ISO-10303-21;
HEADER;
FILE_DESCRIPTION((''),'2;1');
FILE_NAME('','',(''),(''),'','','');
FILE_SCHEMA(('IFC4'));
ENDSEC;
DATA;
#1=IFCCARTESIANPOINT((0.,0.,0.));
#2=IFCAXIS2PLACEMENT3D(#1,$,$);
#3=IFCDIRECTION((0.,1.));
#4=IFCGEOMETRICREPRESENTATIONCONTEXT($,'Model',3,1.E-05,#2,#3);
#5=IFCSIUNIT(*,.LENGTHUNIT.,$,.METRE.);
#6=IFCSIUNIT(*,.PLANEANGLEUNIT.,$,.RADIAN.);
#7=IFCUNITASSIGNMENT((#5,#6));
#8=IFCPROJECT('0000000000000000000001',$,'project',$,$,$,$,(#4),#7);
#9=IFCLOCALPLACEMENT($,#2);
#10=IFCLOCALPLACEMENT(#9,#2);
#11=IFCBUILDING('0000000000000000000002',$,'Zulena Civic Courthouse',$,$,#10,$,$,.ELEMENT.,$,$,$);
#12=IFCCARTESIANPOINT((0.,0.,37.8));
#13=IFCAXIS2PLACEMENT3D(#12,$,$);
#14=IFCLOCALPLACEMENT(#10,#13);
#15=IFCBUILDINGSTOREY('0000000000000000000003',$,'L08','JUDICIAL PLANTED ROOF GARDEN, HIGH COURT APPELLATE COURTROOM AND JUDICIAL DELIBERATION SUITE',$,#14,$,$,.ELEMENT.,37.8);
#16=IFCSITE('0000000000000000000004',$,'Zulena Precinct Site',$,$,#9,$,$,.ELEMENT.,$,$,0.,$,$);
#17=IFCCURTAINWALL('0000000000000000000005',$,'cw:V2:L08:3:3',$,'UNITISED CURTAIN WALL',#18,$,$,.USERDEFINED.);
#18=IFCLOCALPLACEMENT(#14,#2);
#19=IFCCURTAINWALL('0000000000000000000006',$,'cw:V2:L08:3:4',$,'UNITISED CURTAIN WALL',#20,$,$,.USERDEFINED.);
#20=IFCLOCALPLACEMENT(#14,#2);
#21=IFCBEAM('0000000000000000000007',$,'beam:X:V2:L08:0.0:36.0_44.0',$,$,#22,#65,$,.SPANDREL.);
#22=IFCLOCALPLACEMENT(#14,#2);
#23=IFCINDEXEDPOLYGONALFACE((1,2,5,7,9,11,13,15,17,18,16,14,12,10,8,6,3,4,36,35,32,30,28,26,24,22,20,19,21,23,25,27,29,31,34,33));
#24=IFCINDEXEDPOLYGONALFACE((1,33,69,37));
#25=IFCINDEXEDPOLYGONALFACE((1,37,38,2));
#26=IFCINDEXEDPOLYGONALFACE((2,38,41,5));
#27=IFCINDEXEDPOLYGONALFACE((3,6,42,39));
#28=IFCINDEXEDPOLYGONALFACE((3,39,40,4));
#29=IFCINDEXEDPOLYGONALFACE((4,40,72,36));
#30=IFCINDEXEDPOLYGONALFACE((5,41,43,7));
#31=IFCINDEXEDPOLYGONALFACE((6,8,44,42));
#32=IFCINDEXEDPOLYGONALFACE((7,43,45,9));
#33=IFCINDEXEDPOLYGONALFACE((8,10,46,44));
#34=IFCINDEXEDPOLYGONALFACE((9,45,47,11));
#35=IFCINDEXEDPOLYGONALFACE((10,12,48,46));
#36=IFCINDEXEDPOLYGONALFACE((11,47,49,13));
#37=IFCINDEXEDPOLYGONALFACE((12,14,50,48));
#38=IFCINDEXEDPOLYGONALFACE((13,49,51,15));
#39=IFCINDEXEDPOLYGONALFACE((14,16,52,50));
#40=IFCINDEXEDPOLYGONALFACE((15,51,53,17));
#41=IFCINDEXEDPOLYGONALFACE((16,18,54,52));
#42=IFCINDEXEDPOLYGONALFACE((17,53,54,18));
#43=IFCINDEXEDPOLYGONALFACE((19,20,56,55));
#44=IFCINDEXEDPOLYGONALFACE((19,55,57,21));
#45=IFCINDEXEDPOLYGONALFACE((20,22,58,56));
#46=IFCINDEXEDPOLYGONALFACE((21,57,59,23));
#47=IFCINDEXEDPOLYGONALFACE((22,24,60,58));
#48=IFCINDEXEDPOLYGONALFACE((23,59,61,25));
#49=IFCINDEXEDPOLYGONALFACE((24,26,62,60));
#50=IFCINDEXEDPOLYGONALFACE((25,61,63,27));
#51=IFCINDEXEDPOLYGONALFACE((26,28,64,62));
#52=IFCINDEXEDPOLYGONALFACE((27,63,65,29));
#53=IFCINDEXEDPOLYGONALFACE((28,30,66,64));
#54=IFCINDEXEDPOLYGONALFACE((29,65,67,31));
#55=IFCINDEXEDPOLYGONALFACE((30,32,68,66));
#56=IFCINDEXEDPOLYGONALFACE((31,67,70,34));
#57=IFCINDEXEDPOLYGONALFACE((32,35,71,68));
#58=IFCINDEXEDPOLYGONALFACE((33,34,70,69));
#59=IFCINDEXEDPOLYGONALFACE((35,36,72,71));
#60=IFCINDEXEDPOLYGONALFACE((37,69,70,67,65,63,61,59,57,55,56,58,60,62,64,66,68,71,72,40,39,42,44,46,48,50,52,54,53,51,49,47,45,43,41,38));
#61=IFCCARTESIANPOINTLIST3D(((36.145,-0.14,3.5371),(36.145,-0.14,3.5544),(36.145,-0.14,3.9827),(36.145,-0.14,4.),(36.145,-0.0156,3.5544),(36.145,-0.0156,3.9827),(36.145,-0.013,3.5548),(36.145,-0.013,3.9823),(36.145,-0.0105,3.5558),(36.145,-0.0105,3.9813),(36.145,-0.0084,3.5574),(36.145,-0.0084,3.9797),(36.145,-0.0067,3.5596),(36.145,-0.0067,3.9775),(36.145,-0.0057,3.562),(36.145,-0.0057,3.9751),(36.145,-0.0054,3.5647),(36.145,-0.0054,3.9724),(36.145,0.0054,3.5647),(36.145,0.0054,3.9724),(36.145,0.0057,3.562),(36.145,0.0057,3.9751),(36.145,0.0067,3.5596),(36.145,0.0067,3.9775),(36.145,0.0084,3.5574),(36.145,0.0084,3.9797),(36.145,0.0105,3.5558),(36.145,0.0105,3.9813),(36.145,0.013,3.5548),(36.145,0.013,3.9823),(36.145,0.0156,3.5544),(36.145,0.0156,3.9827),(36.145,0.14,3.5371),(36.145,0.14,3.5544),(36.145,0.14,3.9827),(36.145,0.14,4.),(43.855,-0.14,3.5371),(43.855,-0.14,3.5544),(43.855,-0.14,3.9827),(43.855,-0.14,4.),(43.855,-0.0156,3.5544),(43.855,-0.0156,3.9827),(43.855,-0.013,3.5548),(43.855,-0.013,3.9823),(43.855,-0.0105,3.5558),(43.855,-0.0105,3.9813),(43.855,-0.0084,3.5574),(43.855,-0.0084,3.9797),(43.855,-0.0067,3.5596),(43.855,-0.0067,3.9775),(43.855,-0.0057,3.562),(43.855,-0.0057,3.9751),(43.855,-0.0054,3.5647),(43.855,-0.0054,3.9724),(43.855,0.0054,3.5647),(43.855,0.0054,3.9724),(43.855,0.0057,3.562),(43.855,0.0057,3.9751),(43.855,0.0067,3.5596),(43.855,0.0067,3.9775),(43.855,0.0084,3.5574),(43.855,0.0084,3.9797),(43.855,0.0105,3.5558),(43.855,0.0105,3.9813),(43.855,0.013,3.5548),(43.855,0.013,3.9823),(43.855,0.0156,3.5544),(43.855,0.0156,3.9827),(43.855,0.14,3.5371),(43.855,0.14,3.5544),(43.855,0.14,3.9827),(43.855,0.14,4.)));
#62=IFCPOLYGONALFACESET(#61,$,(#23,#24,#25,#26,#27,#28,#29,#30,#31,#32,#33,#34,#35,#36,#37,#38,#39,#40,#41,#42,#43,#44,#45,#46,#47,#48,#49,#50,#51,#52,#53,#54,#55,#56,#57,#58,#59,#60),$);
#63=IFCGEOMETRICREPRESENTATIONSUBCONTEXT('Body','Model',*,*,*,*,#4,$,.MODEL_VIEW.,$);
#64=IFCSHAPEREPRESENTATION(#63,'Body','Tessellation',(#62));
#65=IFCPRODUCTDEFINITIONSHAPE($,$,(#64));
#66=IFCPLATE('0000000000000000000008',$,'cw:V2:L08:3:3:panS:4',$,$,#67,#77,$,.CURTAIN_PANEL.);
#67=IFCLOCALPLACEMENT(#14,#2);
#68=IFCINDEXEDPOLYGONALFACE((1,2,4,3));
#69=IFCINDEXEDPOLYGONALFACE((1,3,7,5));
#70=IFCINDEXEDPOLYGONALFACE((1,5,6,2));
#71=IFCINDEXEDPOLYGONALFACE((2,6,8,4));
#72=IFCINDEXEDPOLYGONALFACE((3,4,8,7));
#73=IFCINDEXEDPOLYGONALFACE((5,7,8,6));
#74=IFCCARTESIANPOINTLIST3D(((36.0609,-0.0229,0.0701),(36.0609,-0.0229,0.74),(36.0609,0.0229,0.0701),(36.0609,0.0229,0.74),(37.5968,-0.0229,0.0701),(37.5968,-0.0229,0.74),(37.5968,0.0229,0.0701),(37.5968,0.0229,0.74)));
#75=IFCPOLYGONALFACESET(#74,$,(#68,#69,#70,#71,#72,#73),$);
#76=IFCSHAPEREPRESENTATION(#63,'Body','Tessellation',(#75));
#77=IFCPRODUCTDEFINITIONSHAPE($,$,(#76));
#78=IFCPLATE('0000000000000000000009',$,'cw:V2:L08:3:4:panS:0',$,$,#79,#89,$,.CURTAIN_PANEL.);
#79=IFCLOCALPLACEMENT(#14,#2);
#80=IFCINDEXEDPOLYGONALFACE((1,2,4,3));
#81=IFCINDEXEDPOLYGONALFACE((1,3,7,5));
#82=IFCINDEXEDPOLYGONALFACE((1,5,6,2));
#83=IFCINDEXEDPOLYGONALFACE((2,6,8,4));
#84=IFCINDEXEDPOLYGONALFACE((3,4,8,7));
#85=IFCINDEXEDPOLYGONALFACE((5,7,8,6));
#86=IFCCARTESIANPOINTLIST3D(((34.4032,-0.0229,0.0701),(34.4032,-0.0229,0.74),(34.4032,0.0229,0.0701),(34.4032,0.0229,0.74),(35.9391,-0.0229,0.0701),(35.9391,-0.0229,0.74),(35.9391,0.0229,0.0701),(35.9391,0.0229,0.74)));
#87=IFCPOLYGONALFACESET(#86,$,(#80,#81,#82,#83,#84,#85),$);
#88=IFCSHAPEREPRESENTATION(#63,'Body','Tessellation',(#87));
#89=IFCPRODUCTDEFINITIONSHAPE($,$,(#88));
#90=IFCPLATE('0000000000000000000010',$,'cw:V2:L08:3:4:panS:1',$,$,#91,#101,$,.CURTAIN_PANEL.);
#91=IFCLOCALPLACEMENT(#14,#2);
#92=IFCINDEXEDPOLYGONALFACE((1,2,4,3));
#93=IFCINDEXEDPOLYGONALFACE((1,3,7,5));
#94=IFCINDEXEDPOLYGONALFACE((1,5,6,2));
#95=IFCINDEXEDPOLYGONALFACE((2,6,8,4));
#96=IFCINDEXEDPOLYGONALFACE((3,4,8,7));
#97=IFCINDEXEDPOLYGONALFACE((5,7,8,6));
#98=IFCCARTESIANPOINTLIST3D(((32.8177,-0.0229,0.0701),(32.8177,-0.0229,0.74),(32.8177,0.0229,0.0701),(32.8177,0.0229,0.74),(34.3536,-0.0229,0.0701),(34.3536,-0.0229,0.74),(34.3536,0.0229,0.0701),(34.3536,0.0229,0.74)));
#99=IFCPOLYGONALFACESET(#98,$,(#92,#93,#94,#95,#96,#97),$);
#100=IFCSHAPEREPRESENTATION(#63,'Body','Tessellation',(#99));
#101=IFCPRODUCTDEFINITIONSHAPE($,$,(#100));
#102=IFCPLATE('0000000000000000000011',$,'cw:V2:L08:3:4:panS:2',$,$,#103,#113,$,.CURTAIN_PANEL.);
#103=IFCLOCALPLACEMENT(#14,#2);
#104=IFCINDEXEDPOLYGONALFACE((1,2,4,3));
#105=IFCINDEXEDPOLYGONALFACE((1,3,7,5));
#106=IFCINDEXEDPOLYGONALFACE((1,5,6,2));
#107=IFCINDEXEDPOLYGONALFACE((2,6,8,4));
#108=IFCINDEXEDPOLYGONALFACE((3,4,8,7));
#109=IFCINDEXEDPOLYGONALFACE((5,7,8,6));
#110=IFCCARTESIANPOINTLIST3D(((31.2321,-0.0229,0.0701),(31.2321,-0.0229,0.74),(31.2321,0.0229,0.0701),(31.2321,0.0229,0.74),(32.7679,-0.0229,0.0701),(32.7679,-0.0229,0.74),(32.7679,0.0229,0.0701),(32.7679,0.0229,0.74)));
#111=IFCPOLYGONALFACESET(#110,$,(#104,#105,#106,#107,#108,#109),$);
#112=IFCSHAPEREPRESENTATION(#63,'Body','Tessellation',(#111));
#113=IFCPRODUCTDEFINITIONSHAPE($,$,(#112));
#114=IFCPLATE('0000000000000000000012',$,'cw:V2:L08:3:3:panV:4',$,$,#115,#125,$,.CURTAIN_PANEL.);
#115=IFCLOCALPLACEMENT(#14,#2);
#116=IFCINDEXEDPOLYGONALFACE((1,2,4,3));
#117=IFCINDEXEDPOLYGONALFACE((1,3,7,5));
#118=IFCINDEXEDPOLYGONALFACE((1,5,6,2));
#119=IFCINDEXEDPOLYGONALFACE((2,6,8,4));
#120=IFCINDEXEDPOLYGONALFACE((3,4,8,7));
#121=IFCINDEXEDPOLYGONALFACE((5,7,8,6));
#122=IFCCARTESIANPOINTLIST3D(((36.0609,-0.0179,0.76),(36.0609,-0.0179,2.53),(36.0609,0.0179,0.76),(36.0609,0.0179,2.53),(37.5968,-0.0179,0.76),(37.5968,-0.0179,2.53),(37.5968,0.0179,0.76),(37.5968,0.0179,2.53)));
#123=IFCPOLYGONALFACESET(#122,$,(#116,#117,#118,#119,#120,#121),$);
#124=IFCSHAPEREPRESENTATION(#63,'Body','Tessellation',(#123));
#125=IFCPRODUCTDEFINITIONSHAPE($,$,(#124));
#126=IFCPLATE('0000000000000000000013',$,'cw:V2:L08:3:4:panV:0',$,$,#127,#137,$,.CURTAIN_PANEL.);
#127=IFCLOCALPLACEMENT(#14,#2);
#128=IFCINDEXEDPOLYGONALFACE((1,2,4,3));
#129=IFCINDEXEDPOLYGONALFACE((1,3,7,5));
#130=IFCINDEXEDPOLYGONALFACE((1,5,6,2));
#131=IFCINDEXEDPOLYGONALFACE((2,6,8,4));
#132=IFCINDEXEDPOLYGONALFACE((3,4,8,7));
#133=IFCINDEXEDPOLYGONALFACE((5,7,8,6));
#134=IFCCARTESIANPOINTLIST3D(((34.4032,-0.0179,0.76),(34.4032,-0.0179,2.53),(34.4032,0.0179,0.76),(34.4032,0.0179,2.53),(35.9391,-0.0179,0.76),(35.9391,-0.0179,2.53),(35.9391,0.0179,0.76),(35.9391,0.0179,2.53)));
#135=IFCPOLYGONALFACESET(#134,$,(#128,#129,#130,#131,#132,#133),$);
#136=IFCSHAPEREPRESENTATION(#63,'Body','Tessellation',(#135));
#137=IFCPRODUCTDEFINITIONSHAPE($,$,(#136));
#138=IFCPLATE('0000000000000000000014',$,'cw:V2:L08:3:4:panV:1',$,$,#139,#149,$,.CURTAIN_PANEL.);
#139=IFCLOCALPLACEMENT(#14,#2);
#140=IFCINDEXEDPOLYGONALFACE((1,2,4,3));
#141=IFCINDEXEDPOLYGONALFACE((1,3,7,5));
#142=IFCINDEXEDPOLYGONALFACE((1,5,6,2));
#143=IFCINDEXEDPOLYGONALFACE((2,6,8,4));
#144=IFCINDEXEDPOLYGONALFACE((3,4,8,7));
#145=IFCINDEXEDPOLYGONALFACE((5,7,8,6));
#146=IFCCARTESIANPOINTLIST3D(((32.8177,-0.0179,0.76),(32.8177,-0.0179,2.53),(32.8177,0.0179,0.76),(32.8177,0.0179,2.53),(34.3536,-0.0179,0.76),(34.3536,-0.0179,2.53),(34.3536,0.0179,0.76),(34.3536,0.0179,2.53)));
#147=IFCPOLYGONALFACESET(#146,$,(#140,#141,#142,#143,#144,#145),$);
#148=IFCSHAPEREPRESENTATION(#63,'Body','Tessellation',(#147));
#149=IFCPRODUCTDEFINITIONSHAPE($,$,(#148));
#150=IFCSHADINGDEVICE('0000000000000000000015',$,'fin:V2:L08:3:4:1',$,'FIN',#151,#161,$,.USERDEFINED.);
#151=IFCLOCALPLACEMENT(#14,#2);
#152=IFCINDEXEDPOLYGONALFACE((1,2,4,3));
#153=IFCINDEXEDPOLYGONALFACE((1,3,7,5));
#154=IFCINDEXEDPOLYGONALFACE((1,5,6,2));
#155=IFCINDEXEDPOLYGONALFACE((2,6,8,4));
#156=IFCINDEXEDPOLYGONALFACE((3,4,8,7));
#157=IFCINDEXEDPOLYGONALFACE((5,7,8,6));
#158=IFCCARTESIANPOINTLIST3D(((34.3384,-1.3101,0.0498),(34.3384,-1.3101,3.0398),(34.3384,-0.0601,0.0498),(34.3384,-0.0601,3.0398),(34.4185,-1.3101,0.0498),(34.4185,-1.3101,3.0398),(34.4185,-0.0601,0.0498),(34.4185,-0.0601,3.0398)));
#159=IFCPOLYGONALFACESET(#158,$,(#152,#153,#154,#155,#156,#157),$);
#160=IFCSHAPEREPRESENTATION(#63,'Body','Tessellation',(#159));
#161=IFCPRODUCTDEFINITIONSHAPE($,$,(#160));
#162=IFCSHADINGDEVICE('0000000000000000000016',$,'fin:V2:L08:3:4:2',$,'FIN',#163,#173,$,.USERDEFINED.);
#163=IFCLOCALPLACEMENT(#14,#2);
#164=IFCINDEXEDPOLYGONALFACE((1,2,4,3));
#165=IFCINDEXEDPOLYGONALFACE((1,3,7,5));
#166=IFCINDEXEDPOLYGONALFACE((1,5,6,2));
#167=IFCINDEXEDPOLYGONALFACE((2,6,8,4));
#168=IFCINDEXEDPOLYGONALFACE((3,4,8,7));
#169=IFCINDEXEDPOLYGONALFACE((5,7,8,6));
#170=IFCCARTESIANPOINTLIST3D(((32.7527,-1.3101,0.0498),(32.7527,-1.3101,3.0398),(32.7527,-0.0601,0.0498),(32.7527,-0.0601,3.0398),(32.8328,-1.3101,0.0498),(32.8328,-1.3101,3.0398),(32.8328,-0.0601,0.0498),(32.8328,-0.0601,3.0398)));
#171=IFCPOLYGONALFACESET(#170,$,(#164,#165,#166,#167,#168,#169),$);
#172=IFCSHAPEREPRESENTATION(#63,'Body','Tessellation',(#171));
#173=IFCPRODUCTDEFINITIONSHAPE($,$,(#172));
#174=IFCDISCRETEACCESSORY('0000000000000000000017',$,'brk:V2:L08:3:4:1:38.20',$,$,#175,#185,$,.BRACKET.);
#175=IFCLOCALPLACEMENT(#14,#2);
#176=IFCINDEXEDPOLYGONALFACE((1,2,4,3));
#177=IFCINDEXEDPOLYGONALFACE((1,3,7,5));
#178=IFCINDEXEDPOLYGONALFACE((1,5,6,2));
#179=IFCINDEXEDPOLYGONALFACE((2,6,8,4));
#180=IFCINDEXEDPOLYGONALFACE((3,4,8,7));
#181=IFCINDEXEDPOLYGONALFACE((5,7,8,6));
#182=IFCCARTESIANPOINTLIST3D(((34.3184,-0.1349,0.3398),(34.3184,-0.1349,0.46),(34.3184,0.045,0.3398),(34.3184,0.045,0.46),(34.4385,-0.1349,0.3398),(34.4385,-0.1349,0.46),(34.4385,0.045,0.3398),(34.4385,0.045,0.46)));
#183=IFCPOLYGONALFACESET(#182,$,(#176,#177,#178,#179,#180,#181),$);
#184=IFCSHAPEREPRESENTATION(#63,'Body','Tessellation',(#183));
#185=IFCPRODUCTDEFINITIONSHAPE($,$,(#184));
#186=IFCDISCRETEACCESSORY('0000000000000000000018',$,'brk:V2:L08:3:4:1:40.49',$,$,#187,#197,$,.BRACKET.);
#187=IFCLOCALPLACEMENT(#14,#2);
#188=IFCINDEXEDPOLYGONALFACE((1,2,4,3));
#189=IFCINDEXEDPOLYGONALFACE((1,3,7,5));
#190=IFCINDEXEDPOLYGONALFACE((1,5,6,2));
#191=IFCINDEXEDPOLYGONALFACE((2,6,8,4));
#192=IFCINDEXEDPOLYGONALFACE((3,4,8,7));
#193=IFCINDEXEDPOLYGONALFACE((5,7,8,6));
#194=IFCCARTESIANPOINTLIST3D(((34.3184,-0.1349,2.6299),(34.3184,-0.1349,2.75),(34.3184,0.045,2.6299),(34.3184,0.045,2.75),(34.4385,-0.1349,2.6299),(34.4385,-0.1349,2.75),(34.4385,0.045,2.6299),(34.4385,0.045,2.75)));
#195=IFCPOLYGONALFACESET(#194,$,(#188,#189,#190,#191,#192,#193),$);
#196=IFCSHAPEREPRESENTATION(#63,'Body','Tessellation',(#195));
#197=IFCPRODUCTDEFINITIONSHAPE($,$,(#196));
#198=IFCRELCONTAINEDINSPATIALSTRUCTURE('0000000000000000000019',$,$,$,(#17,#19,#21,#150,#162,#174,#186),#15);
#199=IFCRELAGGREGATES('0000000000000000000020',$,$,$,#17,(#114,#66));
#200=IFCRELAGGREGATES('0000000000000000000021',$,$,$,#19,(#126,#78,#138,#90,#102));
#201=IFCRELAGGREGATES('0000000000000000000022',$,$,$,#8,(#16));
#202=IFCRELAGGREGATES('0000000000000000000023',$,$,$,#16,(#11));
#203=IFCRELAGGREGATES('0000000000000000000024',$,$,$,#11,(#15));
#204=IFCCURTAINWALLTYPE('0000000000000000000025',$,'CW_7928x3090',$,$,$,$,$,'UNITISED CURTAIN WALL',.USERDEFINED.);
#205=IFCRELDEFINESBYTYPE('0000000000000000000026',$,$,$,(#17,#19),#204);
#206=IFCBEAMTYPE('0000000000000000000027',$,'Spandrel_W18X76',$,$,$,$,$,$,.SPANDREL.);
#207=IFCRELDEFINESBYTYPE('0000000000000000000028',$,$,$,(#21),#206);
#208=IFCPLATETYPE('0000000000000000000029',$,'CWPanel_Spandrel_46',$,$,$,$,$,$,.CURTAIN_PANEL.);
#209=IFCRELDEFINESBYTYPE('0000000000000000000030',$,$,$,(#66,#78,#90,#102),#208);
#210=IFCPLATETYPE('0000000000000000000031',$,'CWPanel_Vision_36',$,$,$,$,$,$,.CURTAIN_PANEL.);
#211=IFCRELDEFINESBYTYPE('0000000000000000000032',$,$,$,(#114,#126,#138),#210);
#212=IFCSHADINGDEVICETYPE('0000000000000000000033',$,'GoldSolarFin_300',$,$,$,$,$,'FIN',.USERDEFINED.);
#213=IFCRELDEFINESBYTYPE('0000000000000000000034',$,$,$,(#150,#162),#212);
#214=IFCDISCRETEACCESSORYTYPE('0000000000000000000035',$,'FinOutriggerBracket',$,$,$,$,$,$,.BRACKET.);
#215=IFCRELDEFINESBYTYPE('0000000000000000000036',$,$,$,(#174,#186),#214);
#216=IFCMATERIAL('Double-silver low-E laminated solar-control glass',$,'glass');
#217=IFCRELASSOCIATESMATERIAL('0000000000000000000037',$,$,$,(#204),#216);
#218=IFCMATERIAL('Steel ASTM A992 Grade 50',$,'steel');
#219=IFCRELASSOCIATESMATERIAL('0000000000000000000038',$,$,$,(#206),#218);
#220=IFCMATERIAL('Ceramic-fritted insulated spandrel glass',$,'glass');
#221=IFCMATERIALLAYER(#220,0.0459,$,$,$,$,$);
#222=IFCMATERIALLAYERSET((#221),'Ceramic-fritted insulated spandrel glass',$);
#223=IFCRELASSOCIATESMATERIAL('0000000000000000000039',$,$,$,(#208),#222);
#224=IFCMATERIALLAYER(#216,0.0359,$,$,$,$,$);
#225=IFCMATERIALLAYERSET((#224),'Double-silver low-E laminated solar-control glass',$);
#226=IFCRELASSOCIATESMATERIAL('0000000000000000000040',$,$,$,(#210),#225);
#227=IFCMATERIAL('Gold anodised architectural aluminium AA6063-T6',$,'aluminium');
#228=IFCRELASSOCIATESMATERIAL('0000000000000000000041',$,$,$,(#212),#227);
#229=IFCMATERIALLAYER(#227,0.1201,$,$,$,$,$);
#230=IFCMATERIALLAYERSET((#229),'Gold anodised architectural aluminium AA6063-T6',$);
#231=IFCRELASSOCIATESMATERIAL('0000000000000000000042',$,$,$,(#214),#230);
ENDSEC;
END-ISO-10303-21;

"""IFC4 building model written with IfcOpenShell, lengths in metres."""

from ifc_helpers import new_model, si_unit, direction, frame, origin, origin_2d, place, context, subcontext, project, spatial, rectangle, i_section, extrude, material, layer, layer_set, material_profile, profile_set, type_object, element, aggregate, save


model = new_model("IFC4")

# Units and contexts
model_context = context("Model", 3, precision=1e-05, world=origin(), true_north=direction((0.0, 1.0)))
body_context = subcontext(model_context, "Body", "Model", "MODEL_VIEW")
ifc_project = project(units=[si_unit("LENGTHUNIT", "METRE"), si_unit("PLANEANGLEUNIT", "RADIAN")], contexts=[model_context])

# Site, building, storey
site_placement = place(None, origin())
site = spatial("IfcSite", under=ifc_project, at=site_placement, Name="Zulena Precinct Site", CompositionType="ELEMENT", RefElevation=0.0)
building_placement = place(site_placement, origin())
building = spatial("IfcBuilding", under=site, at=building_placement, Name="Zulena Civic Courthouse", CompositionType="ELEMENT")
storey_placement = place(building_placement, frame((0.0, 0.0, 37.8)))
storey = spatial("IfcBuildingStorey", under=building, at=storey_placement, Name="L08", Description="JUDICIAL PLANTED ROOF GARDEN, HIGH COURT APPELLATE COURTROOM AND JUDICIAL DELIBERATION SUITE", CompositionType="ELEMENT", Elevation=37.8)

# Shared definitions
ifc_material_1 = material(Name="Steel ASTM A992 Grade 50", Category="steel")

# Curtain wall
ifc_material_2 = material(Name="Double-silver low-E laminated solar-control glass", Category="glass")
curtain_wall_type = type_object("IfcCurtainWallType", Name="CW_7928x3090", ElementType="UNITISED CURTAIN WALL", PredefinedType="USERDEFINED", material=ifc_material_2)
curtain_wall_1_placement = place(storey_placement, origin())
curtain_wall_1 = element("IfcCurtainWall", 1, at=curtain_wall_1_placement, inside=storey, type_object=curtain_wall_type, Name="cw:V2:L08:3:3", ObjectType="UNITISED CURTAIN WALL", PredefinedType="USERDEFINED")

# Curtain wall
curtain_wall_2_placement = place(storey_placement, origin())
curtain_wall_2 = element("IfcCurtainWall", 2, at=curtain_wall_2_placement, inside=storey, type_object=curtain_wall_type, Name="cw:V2:L08:3:4", ObjectType="UNITISED CURTAIN WALL", PredefinedType="USERDEFINED")

# Beam
ifc_material_profile_1 = material_profile(ifc_material_1, i_section(OverallWidth=0.28, OverallDepth=0.4629, WebThickness=0.0107, FlangeThickness=0.0173, FilletRadius=0.0103, at=origin_2d()), Name="W18X76")
ifc_profile_set_1 = profile_set([ifc_material_profile_1], Name="Steel ASTM A992 Grade 50")
beam_type = type_object("IfcBeamType", Name="Spandrel_W18X76", PredefinedType="SPANDREL", material=ifc_profile_set_1)
beam_placement = place(storey_placement, frame((36.145, 0.0, 3.7686), z_axis=(1.0, 0.0, 0.0), x_axis=(0.0, 1.0, 0.0)))
element("IfcBeam", 3, at=beam_placement, inside=storey, type_object=beam_type, Name="beam:X:V2:L08:0.0:36.0_44.0", PredefinedType="SPANDREL", context=body_context, shape_type="SweptSolid", body=[
    extrude(i_section(OverallWidth=0.28, OverallDepth=0.4629, WebThickness=0.0107, FlangeThickness=0.0173, FilletRadius=0.0103, at=origin_2d()), origin(), (0.0, 0.0, 1.0), 7.71),
])

# Plates
ifc_material_3 = material(Name="Ceramic-fritted insulated spandrel glass", Category="glass")
ifc_layer_1 = layer(ifc_material_3, 0.0459)
ifc_layer_set_1 = layer_set([ifc_layer_1], Name="Ceramic-fritted insulated spandrel glass")
plate_type_1 = type_object("IfcPlateType", Name="CWPanel_Spandrel_46", PredefinedType="CURTAIN_PANEL", material=ifc_layer_set_1)
plate_1_placement = place(storey_placement, frame((36.8289, 0.0, 0.0701), z_axis=(0.0, 0.0, 1.0), x_axis=(-1.0, 0.0, 0.0)))
plate_1 = element("IfcPlate", 4, at=plate_1_placement, type_object=plate_type_1, Name="cw:V2:L08:3:3:panS:4", PredefinedType="CURTAIN_PANEL", context=body_context, shape_type="SweptSolid", body=[
    extrude(rectangle(XDim=1.5359, YDim=0.0459, at=origin_2d()), origin(), (0.0, 0.0, 1.0), 0.6699),
])
plate_2_placement = place(storey_placement, frame((35.1711, 0.0, 0.0701), z_axis=(0.0, 0.0, 1.0), x_axis=(-1.0, 0.0, 0.0)))
plate_2 = element("IfcPlate", 5, at=plate_2_placement, type_object=plate_type_1, Name="cw:V2:L08:3:4:panS:0", PredefinedType="CURTAIN_PANEL", context=body_context, shape_type="SweptSolid", body=[
    extrude(rectangle(XDim=1.5359, YDim=0.0459, at=origin_2d()), origin(), (0.0, 0.0, 1.0), 0.6699),
])
plate_3_placement = place(storey_placement, frame((33.5857, 0.0, 0.0701), z_axis=(0.0, 0.0, 1.0), x_axis=(-1.0, 0.0, 0.0)))
plate_3 = element("IfcPlate", 6, at=plate_3_placement, type_object=plate_type_1, Name="cw:V2:L08:3:4:panS:1", PredefinedType="CURTAIN_PANEL", context=body_context, shape_type="SweptSolid", body=[
    extrude(rectangle(XDim=1.5359, YDim=0.0459, at=origin_2d()), origin(), (0.0, 0.0, 1.0), 0.6699),
])
plate_4_placement = place(storey_placement, frame((32.0, 0.0, 0.0701), z_axis=(0.0, 0.0, 1.0), x_axis=(-1.0, 0.0, 0.0)))
plate_4 = element("IfcPlate", 7, at=plate_4_placement, type_object=plate_type_1, Name="cw:V2:L08:3:4:panS:2", PredefinedType="CURTAIN_PANEL", context=body_context, shape_type="SweptSolid", body=[
    extrude(rectangle(XDim=1.5359, YDim=0.0459, at=origin_2d()), origin(), (0.0, 0.0, 1.0), 0.6699),
])
ifc_layer_2 = layer(ifc_material_2, 0.0359)
ifc_layer_set_2 = layer_set([ifc_layer_2], Name="Double-silver low-E laminated solar-control glass")
plate_type_2 = type_object("IfcPlateType", Name="CWPanel_Vision_36", PredefinedType="CURTAIN_PANEL", material=ifc_layer_set_2)
plate_5_placement = place(storey_placement, frame((36.8289, 0.0, 0.76), z_axis=(0.0, 0.0, 1.0), x_axis=(-1.0, 0.0, 0.0)))
plate_5 = element("IfcPlate", 8, at=plate_5_placement, type_object=plate_type_2, Name="cw:V2:L08:3:3:panV:4", PredefinedType="CURTAIN_PANEL", context=body_context, shape_type="SweptSolid", body=[
    extrude(rectangle(XDim=1.5359, YDim=0.0359, at=origin_2d()), origin(), (0.0, 0.0, 1.0), 1.77),
])
aggregate(curtain_wall_1, [plate_5, plate_1])
plate_6_placement = place(storey_placement, frame((35.1711, 0.0, 0.76), z_axis=(0.0, 0.0, 1.0), x_axis=(-1.0, 0.0, 0.0)))
plate_6 = element("IfcPlate", 9, at=plate_6_placement, type_object=plate_type_2, Name="cw:V2:L08:3:4:panV:0", PredefinedType="CURTAIN_PANEL", context=body_context, shape_type="SweptSolid", body=[
    extrude(rectangle(XDim=1.5359, YDim=0.0359, at=origin_2d()), origin(), (0.0, 0.0, 1.0), 1.77),
])
plate_7_placement = place(storey_placement, frame((33.5857, 0.0, 0.76), z_axis=(0.0, 0.0, 1.0), x_axis=(-1.0, 0.0, 0.0)))
plate_7 = element("IfcPlate", 10, at=plate_7_placement, type_object=plate_type_2, Name="cw:V2:L08:3:4:panV:1", PredefinedType="CURTAIN_PANEL", context=body_context, shape_type="SweptSolid", body=[
    extrude(rectangle(XDim=1.5359, YDim=0.0359, at=origin_2d()), origin(), (0.0, 0.0, 1.0), 1.77),
])
aggregate(curtain_wall_2, [plate_6, plate_2, plate_7, plate_3, plate_4])

# Shading devices
ifc_material_4 = material(Name="Gold anodised architectural aluminium AA6063-T6", Category="aluminium")
shading_device_type = type_object("IfcShadingDeviceType", Name="GoldSolarFin_300", ElementType="FIN", PredefinedType="USERDEFINED", material=ifc_material_4)
for number, where, z_axis, x_axis, name in (
    (11, (34.3784, -0.6851, 0.0498), (0.0, 0.0, 1.0), (0.0, -1.0, 0.0), "fin:V2:L08:3:4:1"),
    (12, (32.7927, -0.6851, 0.0498), (0.0, 0.0, 1.0), (0.0, -1.0, 0.0), "fin:V2:L08:3:4:2"),
):
    element("IfcShadingDevice", number, at=place(storey_placement, frame(where, z_axis=z_axis, x_axis=x_axis)), inside=storey, type_object=shading_device_type, Name=name, ObjectType="FIN", PredefinedType="USERDEFINED", context=body_context, shape_type="SweptSolid", body=[
        extrude(rectangle(XDim=1.25, YDim=0.0801, at=origin_2d()), origin(), (0.0, 0.0, 1.0), 2.99),
    ])

# Discrete accessories
ifc_layer_3 = layer(ifc_material_4, 0.1201)
ifc_layer_set_3 = layer_set([ifc_layer_3], Name="Gold anodised architectural aluminium AA6063-T6")
discrete_accessory_type = type_object("IfcDiscreteAccessoryType", Name="FinOutriggerBracket", PredefinedType="BRACKET", material=ifc_layer_set_3)
for number, where, z_axis, x_axis, name in (
    (13, (34.3784, -0.0449, 0.3398), (0.0, 0.0, 1.0), (0.0, -1.0, 0.0), "brk:V2:L08:3:4:1:38.20"),
    (14, (34.3784, -0.0449, 2.6299), (0.0, 0.0, 1.0), (0.0, -1.0, 0.0), "brk:V2:L08:3:4:1:40.49"),
):
    element("IfcDiscreteAccessory", number, at=place(storey_placement, frame(where, z_axis=z_axis, x_axis=x_axis)), inside=storey, type_object=discrete_accessory_type, Name=name, PredefinedType="BRACKET", context=body_context, shape_type="SweptSolid", body=[
        extrude(rectangle(XDim=0.1799, YDim=0.1201, at=origin_2d()), origin(), (0.0, 0.0, 1.0), 0.1201),
    ])

save(model, "model.ifc")
